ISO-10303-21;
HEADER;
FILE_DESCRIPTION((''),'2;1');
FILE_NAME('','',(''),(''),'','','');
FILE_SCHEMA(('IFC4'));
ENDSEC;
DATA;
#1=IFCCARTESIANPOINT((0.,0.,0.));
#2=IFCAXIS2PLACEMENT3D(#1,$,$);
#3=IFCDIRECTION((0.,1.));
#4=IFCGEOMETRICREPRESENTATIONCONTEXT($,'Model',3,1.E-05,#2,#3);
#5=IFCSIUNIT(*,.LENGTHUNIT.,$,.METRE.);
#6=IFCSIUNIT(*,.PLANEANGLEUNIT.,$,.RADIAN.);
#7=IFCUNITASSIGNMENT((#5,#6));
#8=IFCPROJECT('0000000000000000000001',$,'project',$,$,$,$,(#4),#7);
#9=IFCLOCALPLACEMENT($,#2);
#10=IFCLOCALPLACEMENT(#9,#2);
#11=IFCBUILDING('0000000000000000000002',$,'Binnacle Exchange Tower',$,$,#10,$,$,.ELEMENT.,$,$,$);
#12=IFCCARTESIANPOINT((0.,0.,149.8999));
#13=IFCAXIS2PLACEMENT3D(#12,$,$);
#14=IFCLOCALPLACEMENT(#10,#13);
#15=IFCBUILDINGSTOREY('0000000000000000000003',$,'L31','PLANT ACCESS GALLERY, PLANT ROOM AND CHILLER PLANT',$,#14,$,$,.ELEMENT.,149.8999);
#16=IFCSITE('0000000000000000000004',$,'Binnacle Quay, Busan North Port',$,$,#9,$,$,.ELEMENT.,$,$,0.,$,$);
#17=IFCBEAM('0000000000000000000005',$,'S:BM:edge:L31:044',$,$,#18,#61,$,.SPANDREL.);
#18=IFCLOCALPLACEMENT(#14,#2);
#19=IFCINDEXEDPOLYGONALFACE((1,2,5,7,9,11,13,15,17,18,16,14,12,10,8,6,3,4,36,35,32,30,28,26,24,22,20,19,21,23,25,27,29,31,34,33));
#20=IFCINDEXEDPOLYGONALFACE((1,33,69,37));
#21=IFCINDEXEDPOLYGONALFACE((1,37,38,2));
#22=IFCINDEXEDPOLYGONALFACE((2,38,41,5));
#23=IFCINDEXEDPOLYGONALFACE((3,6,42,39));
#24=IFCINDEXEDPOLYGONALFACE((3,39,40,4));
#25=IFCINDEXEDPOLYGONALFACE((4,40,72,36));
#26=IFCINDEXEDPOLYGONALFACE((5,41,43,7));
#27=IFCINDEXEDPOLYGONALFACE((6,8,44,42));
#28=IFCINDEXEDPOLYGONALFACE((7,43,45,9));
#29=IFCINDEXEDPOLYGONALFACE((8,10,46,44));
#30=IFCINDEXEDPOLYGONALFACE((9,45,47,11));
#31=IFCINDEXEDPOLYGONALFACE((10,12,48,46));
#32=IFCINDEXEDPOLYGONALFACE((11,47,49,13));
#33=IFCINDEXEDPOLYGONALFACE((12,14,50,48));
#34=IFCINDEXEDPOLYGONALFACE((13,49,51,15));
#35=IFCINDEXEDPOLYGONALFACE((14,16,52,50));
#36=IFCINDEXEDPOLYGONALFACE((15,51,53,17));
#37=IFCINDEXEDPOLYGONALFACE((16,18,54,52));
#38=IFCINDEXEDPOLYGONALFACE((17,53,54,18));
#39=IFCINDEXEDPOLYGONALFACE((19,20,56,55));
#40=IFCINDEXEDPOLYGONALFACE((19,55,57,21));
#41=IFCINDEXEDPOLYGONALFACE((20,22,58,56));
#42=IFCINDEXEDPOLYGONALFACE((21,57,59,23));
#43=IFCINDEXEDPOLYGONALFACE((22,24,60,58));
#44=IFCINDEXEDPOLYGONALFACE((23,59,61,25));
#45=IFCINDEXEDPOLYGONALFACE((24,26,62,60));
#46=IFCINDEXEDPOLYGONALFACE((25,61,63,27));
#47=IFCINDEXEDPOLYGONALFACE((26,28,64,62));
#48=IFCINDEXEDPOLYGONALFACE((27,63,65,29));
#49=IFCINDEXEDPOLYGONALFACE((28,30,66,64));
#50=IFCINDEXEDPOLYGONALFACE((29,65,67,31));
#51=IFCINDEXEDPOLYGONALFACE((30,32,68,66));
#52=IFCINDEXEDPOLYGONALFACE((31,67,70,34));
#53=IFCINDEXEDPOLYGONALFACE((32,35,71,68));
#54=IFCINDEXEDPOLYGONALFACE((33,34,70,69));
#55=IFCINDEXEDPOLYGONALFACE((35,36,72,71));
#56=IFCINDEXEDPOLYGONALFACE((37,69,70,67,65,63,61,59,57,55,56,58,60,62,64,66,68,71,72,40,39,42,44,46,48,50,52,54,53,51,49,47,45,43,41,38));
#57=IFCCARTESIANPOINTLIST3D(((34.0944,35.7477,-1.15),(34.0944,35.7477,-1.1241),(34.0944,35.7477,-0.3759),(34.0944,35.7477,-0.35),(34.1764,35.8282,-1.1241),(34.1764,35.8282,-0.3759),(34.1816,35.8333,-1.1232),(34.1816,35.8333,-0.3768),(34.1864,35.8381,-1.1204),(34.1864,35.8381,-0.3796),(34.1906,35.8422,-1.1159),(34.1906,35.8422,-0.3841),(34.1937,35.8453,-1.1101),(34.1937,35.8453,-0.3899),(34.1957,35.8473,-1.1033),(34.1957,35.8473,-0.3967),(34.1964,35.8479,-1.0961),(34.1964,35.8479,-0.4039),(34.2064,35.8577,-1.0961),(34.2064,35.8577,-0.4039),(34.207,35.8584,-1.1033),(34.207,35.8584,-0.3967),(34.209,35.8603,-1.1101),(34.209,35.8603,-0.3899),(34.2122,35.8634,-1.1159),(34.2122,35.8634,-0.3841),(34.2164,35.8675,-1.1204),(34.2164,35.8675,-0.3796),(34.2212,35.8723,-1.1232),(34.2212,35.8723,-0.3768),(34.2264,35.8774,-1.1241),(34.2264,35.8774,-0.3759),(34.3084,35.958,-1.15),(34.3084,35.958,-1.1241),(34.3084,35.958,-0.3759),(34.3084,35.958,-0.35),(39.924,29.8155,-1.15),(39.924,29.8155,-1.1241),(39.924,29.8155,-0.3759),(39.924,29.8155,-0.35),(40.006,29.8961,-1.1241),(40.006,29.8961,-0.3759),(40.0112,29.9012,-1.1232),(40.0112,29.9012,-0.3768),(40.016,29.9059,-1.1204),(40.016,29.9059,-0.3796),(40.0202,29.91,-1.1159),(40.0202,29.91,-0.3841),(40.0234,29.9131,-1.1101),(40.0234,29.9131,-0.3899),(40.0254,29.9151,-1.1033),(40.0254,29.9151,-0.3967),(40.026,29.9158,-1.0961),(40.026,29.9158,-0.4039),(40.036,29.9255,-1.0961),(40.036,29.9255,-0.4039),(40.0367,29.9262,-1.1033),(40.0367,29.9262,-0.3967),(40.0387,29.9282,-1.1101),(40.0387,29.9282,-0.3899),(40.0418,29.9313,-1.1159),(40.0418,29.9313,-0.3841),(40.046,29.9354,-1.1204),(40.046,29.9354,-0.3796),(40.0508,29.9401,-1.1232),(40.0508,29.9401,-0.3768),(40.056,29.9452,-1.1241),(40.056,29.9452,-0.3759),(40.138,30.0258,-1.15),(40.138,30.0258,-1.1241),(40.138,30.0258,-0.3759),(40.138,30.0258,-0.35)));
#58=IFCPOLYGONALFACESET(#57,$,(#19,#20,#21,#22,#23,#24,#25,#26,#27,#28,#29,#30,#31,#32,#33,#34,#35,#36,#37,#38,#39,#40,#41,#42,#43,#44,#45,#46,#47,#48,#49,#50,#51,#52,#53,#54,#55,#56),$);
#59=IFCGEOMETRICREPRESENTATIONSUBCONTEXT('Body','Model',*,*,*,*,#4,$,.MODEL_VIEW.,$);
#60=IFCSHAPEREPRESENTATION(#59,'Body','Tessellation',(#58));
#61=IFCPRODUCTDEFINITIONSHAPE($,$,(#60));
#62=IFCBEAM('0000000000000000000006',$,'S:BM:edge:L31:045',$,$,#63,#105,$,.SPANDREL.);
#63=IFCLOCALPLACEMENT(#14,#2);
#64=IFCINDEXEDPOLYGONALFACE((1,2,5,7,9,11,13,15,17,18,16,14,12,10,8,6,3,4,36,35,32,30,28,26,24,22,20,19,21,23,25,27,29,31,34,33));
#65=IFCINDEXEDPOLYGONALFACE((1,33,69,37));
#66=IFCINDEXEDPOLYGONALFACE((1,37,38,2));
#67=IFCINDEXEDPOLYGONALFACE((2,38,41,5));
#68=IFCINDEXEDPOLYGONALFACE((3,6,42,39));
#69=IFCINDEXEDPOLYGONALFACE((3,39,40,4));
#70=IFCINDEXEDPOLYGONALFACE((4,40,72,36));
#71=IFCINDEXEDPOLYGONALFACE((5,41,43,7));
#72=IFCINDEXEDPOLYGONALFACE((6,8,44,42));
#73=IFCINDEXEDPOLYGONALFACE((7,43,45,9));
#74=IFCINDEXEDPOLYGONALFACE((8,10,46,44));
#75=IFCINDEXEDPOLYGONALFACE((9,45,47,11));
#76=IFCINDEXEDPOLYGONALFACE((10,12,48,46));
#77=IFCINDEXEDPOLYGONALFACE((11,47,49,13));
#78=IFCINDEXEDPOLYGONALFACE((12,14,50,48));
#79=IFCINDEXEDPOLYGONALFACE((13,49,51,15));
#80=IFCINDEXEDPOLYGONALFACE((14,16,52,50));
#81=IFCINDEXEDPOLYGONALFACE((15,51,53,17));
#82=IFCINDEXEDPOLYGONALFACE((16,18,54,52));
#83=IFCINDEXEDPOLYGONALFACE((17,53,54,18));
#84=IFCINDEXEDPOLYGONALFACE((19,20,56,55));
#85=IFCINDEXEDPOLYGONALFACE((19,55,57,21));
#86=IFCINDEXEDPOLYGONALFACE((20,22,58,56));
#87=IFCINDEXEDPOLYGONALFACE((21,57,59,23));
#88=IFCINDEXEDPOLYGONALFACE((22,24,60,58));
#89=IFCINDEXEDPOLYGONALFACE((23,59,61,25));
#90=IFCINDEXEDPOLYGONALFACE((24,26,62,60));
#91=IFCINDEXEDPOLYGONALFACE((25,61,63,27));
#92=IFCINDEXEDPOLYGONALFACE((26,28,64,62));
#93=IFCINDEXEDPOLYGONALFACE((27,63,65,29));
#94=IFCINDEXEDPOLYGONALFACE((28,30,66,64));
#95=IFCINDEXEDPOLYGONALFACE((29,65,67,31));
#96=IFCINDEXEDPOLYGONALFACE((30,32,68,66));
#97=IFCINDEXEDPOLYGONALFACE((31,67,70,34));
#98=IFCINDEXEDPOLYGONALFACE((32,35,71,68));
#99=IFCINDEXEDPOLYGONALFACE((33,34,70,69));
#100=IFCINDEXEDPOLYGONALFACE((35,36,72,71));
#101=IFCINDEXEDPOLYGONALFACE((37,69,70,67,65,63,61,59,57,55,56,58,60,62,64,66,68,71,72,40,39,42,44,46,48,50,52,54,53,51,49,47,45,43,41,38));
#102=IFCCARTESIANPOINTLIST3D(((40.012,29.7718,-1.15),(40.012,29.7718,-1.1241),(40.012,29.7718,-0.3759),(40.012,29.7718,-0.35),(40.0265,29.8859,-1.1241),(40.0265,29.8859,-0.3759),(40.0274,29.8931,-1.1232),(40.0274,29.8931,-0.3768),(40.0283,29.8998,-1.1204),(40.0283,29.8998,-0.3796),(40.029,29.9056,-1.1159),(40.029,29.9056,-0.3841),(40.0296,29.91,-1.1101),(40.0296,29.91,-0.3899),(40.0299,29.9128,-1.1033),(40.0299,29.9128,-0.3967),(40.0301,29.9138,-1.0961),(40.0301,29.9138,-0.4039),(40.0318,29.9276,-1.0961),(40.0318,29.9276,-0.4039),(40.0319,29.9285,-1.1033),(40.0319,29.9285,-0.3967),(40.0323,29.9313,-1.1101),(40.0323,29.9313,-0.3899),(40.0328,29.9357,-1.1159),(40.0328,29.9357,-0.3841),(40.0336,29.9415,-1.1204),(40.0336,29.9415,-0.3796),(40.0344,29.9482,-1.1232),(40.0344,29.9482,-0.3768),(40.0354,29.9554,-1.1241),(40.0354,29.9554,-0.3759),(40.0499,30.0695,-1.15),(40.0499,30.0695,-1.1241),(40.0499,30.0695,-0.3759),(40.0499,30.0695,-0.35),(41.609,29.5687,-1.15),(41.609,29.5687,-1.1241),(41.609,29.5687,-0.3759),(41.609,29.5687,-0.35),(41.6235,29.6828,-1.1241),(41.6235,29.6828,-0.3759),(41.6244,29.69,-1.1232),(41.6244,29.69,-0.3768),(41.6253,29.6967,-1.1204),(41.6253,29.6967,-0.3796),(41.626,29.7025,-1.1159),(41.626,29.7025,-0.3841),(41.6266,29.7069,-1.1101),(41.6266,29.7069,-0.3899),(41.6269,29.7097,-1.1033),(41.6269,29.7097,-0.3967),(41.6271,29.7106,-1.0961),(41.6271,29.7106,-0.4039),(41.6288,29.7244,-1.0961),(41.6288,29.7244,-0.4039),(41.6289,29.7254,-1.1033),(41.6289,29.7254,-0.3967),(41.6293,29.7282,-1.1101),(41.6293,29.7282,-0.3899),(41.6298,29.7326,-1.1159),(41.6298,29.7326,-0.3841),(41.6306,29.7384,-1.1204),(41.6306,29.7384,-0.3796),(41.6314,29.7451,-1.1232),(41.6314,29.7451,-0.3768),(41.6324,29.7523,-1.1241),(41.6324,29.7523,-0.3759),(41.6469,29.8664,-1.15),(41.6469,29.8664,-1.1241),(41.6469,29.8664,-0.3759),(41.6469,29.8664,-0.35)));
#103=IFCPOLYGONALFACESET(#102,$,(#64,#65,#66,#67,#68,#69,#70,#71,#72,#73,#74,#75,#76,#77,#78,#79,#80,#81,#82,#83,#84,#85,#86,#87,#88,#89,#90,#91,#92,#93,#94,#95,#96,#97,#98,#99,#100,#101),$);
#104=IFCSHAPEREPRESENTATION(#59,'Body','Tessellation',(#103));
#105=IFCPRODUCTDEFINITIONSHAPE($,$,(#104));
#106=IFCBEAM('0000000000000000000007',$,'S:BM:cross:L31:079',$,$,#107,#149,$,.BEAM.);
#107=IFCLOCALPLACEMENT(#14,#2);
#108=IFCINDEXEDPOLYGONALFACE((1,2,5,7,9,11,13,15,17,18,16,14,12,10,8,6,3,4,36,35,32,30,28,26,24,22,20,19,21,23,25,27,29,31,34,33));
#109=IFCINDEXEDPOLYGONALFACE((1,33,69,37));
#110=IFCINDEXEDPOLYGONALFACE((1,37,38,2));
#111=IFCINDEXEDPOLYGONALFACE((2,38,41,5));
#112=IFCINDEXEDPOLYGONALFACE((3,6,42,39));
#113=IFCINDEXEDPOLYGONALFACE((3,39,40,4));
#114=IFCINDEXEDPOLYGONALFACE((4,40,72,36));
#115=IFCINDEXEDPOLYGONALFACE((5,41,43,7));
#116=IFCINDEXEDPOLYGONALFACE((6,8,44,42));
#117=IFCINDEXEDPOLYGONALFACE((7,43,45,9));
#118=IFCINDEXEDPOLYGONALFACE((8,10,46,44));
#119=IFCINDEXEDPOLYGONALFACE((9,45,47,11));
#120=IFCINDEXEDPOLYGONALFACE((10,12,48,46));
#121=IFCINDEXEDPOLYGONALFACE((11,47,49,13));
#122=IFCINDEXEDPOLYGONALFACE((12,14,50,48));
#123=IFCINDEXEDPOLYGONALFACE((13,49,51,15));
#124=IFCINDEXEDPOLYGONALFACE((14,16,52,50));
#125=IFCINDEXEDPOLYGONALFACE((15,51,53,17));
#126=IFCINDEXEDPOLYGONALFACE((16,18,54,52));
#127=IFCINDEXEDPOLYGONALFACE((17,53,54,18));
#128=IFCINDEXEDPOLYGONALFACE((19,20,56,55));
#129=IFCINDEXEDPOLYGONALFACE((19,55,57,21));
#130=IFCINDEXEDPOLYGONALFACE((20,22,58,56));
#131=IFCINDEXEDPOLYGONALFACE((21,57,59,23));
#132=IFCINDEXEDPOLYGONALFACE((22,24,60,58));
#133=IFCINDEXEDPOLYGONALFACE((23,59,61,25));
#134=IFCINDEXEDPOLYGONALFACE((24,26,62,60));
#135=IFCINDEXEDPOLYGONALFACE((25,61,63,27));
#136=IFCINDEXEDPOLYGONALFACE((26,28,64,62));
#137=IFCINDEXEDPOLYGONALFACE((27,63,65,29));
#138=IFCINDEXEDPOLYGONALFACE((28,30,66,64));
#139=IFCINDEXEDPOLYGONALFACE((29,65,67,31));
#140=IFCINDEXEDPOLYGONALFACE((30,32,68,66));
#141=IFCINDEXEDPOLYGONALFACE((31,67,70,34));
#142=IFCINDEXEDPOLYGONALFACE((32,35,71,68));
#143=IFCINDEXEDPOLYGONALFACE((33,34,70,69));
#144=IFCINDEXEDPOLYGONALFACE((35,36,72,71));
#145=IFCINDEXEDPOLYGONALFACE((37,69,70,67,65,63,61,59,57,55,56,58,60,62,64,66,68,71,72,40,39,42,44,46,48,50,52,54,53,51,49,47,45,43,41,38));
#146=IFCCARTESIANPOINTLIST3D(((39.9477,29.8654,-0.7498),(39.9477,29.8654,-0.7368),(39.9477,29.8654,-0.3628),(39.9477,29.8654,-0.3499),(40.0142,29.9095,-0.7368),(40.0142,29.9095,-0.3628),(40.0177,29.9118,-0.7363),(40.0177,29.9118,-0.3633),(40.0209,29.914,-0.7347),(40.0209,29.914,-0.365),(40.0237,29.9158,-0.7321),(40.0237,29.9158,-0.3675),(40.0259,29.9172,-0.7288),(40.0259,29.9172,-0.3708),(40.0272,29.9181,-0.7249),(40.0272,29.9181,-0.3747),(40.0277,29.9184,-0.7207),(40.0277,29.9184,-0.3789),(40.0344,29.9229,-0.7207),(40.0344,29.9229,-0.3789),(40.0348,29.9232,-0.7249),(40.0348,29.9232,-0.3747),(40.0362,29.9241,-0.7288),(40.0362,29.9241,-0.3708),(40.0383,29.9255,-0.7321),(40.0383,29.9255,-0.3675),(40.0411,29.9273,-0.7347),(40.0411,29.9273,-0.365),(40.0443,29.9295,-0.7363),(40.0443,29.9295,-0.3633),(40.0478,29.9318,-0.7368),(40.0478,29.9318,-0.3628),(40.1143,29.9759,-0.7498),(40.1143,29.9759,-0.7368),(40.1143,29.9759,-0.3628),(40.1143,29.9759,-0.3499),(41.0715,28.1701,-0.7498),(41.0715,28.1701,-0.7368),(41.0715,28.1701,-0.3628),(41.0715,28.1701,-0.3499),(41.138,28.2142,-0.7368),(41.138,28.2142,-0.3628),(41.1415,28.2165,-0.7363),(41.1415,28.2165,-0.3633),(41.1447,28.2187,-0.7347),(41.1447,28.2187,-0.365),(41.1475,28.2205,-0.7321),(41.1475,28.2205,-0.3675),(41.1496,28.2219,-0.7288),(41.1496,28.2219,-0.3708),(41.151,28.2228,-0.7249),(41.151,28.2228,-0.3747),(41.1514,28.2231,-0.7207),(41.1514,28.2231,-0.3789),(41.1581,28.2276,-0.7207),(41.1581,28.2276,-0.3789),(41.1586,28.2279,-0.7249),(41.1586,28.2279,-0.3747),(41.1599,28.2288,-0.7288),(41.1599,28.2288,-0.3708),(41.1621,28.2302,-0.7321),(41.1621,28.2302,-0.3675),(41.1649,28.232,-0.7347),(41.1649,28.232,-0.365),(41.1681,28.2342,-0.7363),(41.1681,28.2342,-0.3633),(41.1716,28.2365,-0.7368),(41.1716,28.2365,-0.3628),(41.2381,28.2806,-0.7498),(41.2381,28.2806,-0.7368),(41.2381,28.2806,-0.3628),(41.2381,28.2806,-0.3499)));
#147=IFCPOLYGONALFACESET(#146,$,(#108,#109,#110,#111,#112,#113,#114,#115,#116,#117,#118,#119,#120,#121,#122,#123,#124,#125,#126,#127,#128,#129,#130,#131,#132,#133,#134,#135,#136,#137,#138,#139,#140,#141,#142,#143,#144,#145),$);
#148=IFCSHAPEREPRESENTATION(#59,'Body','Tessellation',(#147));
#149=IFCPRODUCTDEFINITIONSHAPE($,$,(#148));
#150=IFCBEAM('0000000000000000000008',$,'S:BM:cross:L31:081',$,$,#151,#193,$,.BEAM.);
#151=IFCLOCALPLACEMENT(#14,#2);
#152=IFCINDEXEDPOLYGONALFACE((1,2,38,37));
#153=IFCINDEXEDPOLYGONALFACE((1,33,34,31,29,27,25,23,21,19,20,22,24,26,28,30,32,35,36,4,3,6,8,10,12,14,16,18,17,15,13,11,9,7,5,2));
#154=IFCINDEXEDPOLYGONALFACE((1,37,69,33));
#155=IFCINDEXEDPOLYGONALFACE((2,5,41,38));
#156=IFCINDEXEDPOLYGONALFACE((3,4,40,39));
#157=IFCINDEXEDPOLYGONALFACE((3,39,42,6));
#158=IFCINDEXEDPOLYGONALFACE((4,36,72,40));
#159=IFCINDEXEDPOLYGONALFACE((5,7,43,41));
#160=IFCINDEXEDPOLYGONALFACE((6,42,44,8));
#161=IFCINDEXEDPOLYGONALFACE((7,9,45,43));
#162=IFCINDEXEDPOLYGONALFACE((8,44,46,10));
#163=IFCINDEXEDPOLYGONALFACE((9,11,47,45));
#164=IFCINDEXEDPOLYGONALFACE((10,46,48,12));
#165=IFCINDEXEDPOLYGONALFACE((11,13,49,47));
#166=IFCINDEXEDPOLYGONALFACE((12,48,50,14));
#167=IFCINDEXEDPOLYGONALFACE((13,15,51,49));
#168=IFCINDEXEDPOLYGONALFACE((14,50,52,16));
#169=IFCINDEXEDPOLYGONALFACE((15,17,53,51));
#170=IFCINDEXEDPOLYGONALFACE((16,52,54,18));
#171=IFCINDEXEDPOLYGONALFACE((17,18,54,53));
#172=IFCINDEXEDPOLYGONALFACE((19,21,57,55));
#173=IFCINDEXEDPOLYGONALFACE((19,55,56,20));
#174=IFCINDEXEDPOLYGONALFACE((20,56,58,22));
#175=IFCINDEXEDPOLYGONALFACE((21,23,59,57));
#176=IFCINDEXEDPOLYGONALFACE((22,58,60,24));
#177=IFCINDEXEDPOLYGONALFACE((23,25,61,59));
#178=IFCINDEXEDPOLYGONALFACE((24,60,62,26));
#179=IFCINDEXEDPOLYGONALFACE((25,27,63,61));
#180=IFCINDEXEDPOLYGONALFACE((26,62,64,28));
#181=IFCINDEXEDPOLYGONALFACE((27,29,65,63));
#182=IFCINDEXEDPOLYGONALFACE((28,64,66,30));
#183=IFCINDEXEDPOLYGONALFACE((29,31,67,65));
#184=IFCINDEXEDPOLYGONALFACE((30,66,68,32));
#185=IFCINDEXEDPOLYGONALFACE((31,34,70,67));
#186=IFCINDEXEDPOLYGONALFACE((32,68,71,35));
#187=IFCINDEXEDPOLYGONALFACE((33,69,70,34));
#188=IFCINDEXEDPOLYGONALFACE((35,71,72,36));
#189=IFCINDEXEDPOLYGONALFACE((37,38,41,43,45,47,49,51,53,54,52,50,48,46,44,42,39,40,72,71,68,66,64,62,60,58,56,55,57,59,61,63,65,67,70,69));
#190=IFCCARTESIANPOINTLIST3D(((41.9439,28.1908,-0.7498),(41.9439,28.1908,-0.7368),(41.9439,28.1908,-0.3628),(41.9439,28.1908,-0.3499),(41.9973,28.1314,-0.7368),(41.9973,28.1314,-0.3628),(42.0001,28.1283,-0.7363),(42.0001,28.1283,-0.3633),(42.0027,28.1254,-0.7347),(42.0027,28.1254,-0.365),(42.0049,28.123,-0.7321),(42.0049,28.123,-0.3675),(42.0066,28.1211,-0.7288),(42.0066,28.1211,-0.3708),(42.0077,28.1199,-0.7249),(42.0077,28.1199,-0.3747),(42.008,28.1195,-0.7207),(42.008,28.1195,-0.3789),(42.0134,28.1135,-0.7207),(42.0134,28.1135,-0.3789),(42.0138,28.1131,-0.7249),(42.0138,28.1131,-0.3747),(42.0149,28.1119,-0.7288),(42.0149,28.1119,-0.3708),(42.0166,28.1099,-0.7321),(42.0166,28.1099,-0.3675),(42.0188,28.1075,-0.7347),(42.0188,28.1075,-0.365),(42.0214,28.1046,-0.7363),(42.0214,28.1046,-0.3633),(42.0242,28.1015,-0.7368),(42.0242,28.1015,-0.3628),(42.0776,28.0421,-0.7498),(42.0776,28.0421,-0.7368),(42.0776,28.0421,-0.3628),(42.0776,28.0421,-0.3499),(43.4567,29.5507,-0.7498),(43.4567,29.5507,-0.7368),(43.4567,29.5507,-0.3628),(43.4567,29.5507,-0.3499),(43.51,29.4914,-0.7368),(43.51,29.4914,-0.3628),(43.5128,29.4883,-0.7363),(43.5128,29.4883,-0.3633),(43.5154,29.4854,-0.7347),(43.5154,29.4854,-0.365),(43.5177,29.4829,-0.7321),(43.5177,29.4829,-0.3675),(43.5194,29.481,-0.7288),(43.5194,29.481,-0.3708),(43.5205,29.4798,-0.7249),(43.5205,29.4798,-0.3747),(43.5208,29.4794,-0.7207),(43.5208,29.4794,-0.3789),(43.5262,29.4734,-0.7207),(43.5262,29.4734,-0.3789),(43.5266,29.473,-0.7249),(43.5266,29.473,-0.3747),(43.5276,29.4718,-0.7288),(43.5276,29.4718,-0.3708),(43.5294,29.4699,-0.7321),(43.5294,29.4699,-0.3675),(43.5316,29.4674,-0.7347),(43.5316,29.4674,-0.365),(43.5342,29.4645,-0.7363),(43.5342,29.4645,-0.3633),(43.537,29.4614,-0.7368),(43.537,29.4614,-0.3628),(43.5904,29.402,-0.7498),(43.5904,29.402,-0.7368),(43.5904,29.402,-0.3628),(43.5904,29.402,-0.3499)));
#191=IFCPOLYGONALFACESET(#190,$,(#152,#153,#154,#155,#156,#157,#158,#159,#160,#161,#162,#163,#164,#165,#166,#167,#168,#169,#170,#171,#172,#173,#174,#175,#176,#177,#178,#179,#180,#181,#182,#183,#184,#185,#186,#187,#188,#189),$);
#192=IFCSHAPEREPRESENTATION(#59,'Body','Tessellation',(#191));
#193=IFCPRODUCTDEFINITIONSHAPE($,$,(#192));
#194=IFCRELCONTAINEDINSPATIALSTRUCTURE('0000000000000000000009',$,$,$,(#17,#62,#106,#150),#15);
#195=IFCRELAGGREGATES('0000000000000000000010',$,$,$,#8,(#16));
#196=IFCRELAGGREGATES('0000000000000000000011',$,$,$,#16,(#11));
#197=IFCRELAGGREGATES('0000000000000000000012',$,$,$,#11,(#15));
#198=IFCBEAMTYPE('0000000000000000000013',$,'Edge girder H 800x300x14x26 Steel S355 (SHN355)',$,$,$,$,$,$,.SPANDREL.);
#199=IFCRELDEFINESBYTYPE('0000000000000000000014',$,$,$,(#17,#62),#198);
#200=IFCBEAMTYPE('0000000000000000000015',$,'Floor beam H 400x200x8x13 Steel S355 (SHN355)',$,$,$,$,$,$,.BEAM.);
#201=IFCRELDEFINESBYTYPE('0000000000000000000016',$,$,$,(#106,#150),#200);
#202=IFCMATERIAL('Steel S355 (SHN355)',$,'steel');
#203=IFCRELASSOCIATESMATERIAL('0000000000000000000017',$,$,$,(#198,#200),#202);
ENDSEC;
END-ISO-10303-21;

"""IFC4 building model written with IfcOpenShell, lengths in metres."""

from ifc_helpers import new_model, si_unit, direction, frame, origin, origin_2d, place, context, subcontext, project, spatial, i_section, extrude, material, material_profile, profile_set, type_object, element, save


model = new_model("IFC4")

# Units and contexts
model_context = context("Model", 3, precision=1e-05, world=origin(), true_north=direction((0.0, 1.0)))
body_context = subcontext(model_context, "Body", "Model", "MODEL_VIEW")
ifc_project = project(units=[si_unit("LENGTHUNIT", "METRE"), si_unit("PLANEANGLEUNIT", "RADIAN")], contexts=[model_context])

# Site, building, storey
site_placement = place(None, origin())
site = spatial("IfcSite", under=ifc_project, at=site_placement, Name="Binnacle Quay, Busan North Port", CompositionType="ELEMENT", RefElevation=0.0)
building_placement = place(site_placement, origin())
building = spatial("IfcBuilding", under=site, at=building_placement, Name="Binnacle Exchange Tower", CompositionType="ELEMENT")
storey_placement = place(building_placement, frame((0.0, 0.0, 149.8999)))
storey = spatial("IfcBuildingStorey", under=building, at=storey_placement, Name="L31", Description="PLANT ACCESS GALLERY, PLANT ROOM AND CHILLER PLANT", CompositionType="ELEMENT", Elevation=149.8999)

# Shared definitions
ifc_material_1 = material(Name="Steel S355 (SHN355)", Category="steel")

# Beams
ifc_material_profile_1 = material_profile(ifc_material_1, i_section(OverallWidth=0.3, OverallDepth=0.8, WebThickness=0.0139, FlangeThickness=0.0259, FilletRadius=0.0281, at=origin_2d()), Name="H 800x300x14x26")
ifc_profile_set_1 = profile_set([ifc_material_profile_1], Name="Steel S355 (SHN355)")
beam_type_1 = type_object("IfcBeamType", Name="Edge girder H 800x300x14x26 Steel S355 (SHN355)", PredefinedType="SPANDREL", material=ifc_profile_set_1)
beam_1_placement = place(storey_placement, frame((40.031, 29.9207, -0.75), z_axis=(-0.700916, 0.713244, 0.0), x_axis=(-0.713244, -0.700916, 0.0)))
element("IfcBeam", 1, at=beam_1_placement, inside=storey, type_object=beam_type_1, Name="S:BM:edge:L31:044", PredefinedType="SPANDREL", context=body_context, shape_type="SweptSolid", body=[
    extrude(i_section(OverallWidth=0.3, OverallDepth=0.8, WebThickness=0.0139, FlangeThickness=0.0259, FilletRadius=0.0281, at=origin_2d()), origin(), (0.0, 0.0, 1.0), 8.3171),
])
beam_2_placement = place(storey_placement, frame((41.6279, 29.7175, -0.75), z_axis=(-0.992007, 0.126181, 0.0), x_axis=(-0.126181, -0.992007, 0.0)))
element("IfcBeam", 2, at=beam_2_placement, inside=storey, type_object=beam_type_1, Name="S:BM:edge:L31:045", PredefinedType="SPANDREL", context=body_context, shape_type="SweptSolid", body=[
    extrude(i_section(OverallWidth=0.3, OverallDepth=0.8, WebThickness=0.0139, FlangeThickness=0.0259, FilletRadius=0.0281, at=origin_2d()), origin(), (0.0, 0.0, 1.0), 1.6099),
])
ifc_material_profile_2 = material_profile(ifc_material_1, i_section(OverallWidth=0.2, OverallDepth=0.3999, WebThickness=0.0081, FlangeThickness=0.0129, FilletRadius=0.0161, at=origin_2d()), Name="H 400x200x8x13")
ifc_profile_set_2 = profile_set([ifc_material_profile_2], Name="Steel S355 (SHN355)")
beam_type_2 = type_object("IfcBeamType", Name="Floor beam H 400x200x8x13 Steel S355 (SHN355)", PredefinedType="BEAM", material=ifc_profile_set_2)
beam_3_placement = place(storey_placement, frame((41.1548, 28.2253, -0.5498), z_axis=(-0.55251, 0.833506, 0.0), x_axis=(-0.833506, -0.55251, 0.0)))
element("IfcBeam", 3, at=beam_3_placement, inside=storey, type_object=beam_type_2, Name="S:BM:cross:L31:079", PredefinedType="BEAM", context=body_context, shape_type="SweptSolid", body=[
    extrude(i_section(OverallWidth=0.2, OverallDepth=0.3999, WebThickness=0.0081, FlangeThickness=0.0129, FilletRadius=0.0161, at=origin_2d()), origin(), (0.0, 0.0, 1.0), 2.0339),
])
beam_4_placement = place(storey_placement, frame((42.0107, 28.1165, -0.5498), z_axis=(0.743676, 0.66854, 0.0), x_axis=(-0.66854, 0.743676, 0.0)))
element("IfcBeam", 4, at=beam_4_placement, inside=storey, type_object=beam_type_2, Name="S:BM:cross:L31:081", PredefinedType="BEAM", context=body_context, shape_type="SweptSolid", body=[
    extrude(i_section(OverallWidth=0.2, OverallDepth=0.3999, WebThickness=0.0081, FlangeThickness=0.0129, FilletRadius=0.0161, at=origin_2d()), origin(), (0.0, 0.0, 1.0), 2.0342),
])

save(model, "model.ifc")
